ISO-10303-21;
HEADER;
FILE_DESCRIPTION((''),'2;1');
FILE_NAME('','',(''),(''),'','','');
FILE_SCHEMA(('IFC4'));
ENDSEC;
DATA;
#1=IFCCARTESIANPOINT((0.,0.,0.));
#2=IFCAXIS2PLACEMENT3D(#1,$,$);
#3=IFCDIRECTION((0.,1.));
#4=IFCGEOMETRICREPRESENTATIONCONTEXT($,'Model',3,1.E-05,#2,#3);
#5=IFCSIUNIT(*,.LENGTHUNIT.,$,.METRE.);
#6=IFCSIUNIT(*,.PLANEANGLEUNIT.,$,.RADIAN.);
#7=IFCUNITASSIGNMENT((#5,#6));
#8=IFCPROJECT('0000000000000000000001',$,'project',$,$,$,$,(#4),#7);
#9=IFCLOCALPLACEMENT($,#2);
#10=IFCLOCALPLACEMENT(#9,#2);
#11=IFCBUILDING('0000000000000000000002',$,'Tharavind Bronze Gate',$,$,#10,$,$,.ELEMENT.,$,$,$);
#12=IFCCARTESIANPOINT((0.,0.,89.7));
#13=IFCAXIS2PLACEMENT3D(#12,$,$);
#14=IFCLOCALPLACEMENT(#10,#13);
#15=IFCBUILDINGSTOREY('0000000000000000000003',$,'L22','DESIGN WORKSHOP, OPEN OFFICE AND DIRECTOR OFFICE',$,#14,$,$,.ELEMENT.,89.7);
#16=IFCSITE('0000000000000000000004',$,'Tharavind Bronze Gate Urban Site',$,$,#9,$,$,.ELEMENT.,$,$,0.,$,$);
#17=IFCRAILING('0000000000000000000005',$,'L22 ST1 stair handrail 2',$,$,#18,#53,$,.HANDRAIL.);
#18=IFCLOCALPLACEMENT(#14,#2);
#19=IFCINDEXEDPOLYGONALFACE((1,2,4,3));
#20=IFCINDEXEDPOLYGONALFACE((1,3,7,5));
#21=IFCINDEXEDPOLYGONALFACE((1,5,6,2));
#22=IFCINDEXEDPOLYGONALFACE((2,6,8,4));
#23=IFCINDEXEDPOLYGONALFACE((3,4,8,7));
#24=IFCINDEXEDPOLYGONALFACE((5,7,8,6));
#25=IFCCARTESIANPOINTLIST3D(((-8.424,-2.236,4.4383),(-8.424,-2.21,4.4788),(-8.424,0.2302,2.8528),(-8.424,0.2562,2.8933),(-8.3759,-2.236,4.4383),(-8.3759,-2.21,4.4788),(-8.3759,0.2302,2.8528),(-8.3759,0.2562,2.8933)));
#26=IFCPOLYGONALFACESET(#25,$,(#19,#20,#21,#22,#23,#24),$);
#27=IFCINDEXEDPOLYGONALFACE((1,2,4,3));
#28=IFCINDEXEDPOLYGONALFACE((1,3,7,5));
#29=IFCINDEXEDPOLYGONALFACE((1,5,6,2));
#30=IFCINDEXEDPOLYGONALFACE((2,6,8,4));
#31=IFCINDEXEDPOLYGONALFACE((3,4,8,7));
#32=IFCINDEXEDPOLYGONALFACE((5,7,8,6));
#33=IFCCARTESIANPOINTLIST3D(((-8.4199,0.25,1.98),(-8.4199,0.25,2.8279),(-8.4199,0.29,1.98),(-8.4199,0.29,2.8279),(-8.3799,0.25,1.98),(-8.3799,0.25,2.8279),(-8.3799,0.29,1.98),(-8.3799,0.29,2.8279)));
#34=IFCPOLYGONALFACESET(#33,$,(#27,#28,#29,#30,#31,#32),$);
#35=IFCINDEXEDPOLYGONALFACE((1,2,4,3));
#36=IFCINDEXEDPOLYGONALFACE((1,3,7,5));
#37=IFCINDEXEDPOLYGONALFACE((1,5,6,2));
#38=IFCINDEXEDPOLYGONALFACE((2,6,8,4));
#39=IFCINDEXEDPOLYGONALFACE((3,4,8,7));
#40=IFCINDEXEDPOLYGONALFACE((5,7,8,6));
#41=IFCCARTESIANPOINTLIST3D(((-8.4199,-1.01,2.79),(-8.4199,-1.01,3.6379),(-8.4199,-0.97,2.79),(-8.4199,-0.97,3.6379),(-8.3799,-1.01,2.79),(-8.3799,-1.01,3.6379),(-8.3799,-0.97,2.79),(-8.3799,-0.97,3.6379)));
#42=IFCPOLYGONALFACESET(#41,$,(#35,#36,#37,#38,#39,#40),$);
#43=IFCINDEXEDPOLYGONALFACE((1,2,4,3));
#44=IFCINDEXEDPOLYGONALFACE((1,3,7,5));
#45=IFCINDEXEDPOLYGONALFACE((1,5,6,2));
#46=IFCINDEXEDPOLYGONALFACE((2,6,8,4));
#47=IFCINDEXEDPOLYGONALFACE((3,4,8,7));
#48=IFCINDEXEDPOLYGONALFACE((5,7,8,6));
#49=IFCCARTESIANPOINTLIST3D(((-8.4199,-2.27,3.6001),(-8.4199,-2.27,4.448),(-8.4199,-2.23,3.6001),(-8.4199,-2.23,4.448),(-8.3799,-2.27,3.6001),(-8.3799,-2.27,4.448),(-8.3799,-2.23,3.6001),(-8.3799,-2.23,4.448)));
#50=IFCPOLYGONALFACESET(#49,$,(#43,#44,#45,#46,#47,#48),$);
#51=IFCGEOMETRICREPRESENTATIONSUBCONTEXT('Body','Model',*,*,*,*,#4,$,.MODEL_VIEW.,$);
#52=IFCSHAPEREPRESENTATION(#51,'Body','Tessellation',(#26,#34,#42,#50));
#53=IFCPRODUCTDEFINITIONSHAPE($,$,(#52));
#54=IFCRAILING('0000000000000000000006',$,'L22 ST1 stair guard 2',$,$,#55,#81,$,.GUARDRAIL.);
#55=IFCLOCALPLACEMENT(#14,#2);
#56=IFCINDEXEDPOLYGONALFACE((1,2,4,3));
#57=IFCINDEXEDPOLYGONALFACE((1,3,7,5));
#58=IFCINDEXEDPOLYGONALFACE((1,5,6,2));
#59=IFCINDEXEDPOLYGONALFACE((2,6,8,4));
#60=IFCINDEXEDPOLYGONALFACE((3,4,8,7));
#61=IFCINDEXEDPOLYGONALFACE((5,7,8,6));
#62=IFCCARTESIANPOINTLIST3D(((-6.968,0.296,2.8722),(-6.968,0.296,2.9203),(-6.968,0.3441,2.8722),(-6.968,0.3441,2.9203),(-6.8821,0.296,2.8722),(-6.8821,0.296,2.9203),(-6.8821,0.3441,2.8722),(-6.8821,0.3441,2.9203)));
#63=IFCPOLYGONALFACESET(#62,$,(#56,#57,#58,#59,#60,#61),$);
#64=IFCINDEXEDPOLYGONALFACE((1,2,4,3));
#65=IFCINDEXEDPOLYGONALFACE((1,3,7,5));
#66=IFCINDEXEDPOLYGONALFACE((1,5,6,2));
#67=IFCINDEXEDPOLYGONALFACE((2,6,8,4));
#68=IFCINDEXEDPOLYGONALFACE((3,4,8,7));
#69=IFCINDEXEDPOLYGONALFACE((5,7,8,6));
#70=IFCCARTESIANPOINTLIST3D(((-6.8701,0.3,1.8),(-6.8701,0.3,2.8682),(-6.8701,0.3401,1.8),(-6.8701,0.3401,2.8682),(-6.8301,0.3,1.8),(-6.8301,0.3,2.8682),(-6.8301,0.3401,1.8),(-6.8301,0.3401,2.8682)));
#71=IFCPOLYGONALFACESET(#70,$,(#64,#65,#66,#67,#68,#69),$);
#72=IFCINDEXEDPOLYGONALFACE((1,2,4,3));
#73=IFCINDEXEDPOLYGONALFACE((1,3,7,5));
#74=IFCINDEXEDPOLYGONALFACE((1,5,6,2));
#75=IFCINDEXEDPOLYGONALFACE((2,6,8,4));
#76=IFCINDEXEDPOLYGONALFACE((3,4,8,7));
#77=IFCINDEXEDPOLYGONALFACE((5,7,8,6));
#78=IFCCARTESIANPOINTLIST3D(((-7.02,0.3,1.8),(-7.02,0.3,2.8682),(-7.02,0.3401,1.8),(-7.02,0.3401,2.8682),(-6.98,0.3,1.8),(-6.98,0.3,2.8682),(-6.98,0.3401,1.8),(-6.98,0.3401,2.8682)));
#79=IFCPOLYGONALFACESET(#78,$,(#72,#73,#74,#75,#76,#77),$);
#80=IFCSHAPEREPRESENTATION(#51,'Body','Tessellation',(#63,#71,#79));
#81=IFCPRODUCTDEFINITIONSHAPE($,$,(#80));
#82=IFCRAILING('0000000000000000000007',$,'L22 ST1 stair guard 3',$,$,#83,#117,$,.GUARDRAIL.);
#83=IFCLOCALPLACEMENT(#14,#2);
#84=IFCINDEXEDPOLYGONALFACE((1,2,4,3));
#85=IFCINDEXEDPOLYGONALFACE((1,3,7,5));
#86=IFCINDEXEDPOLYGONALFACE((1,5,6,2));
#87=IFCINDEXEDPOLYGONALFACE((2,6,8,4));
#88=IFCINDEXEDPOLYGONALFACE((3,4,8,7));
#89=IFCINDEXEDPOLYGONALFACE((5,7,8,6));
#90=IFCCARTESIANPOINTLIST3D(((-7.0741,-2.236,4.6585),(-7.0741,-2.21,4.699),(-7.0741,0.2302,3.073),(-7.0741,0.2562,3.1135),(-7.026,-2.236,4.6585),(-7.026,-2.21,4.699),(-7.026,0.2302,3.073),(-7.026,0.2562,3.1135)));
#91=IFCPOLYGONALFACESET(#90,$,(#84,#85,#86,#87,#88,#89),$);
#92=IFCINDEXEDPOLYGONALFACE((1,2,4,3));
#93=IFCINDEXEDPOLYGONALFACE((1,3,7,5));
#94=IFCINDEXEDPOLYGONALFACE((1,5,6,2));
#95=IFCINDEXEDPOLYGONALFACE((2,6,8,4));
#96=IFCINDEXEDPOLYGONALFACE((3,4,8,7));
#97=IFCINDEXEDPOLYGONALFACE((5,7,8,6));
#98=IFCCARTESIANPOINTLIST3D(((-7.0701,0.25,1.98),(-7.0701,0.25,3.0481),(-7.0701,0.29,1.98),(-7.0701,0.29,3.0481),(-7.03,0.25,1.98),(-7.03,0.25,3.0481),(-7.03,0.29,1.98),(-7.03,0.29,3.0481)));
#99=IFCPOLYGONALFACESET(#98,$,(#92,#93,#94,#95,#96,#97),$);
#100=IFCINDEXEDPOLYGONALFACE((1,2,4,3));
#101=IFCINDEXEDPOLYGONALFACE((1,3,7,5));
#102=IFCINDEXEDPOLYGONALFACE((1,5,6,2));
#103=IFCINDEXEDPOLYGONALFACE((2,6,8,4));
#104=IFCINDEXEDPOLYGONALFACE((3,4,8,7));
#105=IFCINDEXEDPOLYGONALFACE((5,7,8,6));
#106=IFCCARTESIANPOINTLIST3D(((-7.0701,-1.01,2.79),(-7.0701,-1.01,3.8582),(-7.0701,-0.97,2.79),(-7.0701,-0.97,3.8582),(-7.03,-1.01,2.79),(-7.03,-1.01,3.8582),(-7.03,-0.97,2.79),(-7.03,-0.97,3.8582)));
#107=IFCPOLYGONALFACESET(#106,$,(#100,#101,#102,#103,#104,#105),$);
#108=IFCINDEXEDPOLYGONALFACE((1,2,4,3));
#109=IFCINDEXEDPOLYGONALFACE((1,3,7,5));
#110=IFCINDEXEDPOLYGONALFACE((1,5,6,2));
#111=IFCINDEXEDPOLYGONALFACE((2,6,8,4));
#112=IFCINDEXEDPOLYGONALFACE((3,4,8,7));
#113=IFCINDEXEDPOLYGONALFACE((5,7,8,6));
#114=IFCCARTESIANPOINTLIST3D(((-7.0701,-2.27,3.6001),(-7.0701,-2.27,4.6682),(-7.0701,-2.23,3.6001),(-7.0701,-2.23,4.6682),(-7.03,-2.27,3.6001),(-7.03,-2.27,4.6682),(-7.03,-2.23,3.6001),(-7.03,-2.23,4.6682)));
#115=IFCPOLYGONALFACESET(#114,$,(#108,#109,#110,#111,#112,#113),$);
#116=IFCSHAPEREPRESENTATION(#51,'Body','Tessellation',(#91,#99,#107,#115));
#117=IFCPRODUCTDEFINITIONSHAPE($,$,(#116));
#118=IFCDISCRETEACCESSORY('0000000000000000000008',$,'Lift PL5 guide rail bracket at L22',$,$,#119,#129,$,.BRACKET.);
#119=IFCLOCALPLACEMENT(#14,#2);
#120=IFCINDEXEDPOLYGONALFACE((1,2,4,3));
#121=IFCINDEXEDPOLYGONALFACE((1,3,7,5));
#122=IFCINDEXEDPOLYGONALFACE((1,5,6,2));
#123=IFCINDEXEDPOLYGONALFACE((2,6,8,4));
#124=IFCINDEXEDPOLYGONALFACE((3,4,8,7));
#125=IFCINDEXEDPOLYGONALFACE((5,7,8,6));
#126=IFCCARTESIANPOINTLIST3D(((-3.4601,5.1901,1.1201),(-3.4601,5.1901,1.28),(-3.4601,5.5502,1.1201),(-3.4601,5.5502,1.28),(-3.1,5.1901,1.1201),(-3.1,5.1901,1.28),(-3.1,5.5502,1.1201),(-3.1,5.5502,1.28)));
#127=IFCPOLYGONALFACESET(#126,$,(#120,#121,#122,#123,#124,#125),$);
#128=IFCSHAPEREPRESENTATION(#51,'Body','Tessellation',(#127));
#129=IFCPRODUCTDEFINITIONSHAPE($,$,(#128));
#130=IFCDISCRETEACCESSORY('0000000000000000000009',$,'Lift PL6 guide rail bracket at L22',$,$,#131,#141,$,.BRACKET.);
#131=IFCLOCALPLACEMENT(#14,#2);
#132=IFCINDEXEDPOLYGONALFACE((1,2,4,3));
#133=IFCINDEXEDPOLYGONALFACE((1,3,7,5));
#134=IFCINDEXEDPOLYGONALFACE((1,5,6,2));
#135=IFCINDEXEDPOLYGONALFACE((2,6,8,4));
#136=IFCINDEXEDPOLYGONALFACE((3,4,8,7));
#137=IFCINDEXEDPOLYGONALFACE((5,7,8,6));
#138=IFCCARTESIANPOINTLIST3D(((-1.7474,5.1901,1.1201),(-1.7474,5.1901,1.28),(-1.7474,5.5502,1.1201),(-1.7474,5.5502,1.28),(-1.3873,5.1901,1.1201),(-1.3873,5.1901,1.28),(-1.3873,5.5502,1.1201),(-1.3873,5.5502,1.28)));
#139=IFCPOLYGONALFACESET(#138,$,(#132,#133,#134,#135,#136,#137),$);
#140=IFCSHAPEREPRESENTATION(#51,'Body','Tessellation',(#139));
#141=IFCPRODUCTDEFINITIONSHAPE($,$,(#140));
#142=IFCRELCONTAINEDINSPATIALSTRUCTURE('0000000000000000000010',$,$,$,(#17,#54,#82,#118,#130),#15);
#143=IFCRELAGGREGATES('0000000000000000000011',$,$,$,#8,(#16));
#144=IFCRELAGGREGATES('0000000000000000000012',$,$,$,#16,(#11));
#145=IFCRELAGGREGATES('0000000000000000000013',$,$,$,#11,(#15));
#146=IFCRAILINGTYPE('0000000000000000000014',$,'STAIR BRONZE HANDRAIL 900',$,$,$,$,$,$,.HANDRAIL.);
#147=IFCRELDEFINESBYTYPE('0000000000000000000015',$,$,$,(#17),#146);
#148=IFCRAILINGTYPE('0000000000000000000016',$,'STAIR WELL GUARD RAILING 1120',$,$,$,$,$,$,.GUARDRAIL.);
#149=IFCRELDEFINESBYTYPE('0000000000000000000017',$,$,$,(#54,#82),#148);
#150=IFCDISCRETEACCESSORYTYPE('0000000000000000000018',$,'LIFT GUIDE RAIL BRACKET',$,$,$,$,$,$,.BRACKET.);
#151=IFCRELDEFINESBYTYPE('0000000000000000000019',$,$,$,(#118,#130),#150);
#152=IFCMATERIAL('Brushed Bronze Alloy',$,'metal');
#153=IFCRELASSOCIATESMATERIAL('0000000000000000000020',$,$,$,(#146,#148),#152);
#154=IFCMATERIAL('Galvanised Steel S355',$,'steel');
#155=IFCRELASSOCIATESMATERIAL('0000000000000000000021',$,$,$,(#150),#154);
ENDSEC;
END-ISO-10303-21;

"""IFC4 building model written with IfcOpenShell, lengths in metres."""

from ifc_helpers import new_model, si_unit, direction, frame, origin, origin_2d, place, context, subcontext, project, spatial, rectangle, extrude, material, type_object, element, save


model = new_model("IFC4")

# Units and contexts
model_context = context("Model", 3, precision=1e-05, world=origin(), true_north=direction((0.0, 1.0)))
body_context = subcontext(model_context, "Body", "Model", "MODEL_VIEW")
ifc_project = project(units=[si_unit("LENGTHUNIT", "METRE"), si_unit("PLANEANGLEUNIT", "RADIAN")], contexts=[model_context])

# Site, building, storey
site_placement = place(None, origin())
site = spatial("IfcSite", under=ifc_project, at=site_placement, Name="Tharavind Bronze Gate Urban Site", CompositionType="ELEMENT", RefElevation=0.0)
building_placement = place(site_placement, origin())
building = spatial("IfcBuilding", under=site, at=building_placement, Name="Tharavind Bronze Gate", CompositionType="ELEMENT")
storey_placement = place(building_placement, frame((0.0, 0.0, 89.7)))
storey = spatial("IfcBuildingStorey", under=building, at=storey_placement, Name="L22", Description="DESIGN WORKSHOP, OPEN OFFICE AND DIRECTOR OFFICE", CompositionType="ELEMENT", Elevation=89.7)

# Railings
ifc_material_1 = material(Name="Brushed Bronze Alloy", Category="metal")
railing_type_1 = type_object("IfcRailingType", Name="STAIR BRONZE HANDRAIL 900", PredefinedType="HANDRAIL", material=ifc_material_1)
railing_1_placement = place(storey_placement, frame((-8.3999, 0.27, 1.98)))
element("IfcRailing", 1, at=railing_1_placement, inside=storey, type_object=railing_type_1, Name="L22 ST1 stair handrail 2", PredefinedType="HANDRAIL", context=body_context, shape_type="SweptSolid", body=[
    extrude(rectangle(XDim=0.0481, YDim=0.0481, at=origin_2d()), frame((0.0, -0.0269, 0.8931), z_axis=(0.0, -0.841163, 0.540782), x_axis=(1.0, 0.0, 0.0)), (0.0, 0.0, 1.0), 2.9319),
    extrude(rectangle(XDim=0.04, YDim=0.04, at=origin_2d()), origin(), (0.0, 0.0, 1.0), 0.8479),
    extrude(rectangle(XDim=0.04, YDim=0.04, at=origin_2d()), frame((0.0, -1.26, 0.8101)), (0.0, 0.0, 1.0), 0.8479),
    extrude(rectangle(XDim=0.04, YDim=0.04, at=origin_2d()), frame((0.0, -2.52, 1.6201)), (0.0, 0.0, 1.0), 0.8479),
])
railing_type_2 = type_object("IfcRailingType", Name="STAIR WELL GUARD RAILING 1120", PredefinedType="GUARDRAIL", material=ifc_material_1)
railing_2_placement = place(storey_placement, frame((-6.8501, 0.3201, 1.8)))
element("IfcRailing", 2, at=railing_2_placement, inside=storey, type_object=railing_type_2, Name="L22 ST1 stair guard 2", PredefinedType="GUARDRAIL", context=body_context, shape_type="SweptSolid", body=[
    extrude(rectangle(XDim=0.0481, YDim=0.0481, at=origin_2d()), frame((-0.032, 0.0, 1.0962), z_axis=(-1.0, 0.0, 0.0), x_axis=(0.0, -1.0, 0.0)), (0.0, 0.0, 1.0), 0.0859),
    extrude(rectangle(XDim=0.04, YDim=0.04, at=origin_2d()), origin(), (0.0, 0.0, 1.0), 1.0681),
    extrude(rectangle(XDim=0.04, YDim=0.04, at=origin_2d()), frame((-0.1499, 0.0, 0.0)), (0.0, 0.0, 1.0), 1.0681),
])
railing_3_placement = place(storey_placement, frame((-7.05, 0.27, 1.98)))
element("IfcRailing", 3, at=railing_3_placement, inside=storey, type_object=railing_type_2, Name="L22 ST1 stair guard 3", PredefinedType="GUARDRAIL", context=body_context, shape_type="SweptSolid", body=[
    extrude(rectangle(XDim=0.0481, YDim=0.0481, at=origin_2d()), frame((0.0, -0.0269, 1.1133), z_axis=(0.0, -0.841163, 0.540782), x_axis=(1.0, 0.0, 0.0)), (0.0, 0.0, 1.0), 2.9319),
    extrude(rectangle(XDim=0.04, YDim=0.04, at=origin_2d()), origin(), (0.0, 0.0, 1.0), 1.0681),
    extrude(rectangle(XDim=0.04, YDim=0.04, at=origin_2d()), frame((0.0, -1.26, 0.8101)), (0.0, 0.0, 1.0), 1.0681),
    extrude(rectangle(XDim=0.04, YDim=0.04, at=origin_2d()), frame((0.0, -2.52, 1.6201)), (0.0, 0.0, 1.0), 1.0681),
])

# Discrete accessories
ifc_material_2 = material(Name="Galvanised Steel S355", Category="steel")
discrete_accessory_type = type_object("IfcDiscreteAccessoryType", Name="LIFT GUIDE RAIL BRACKET", PredefinedType="BRACKET", material=ifc_material_2)
for number, where, z_axis, x_axis, name in (
    (4, (-3.28, 5.3701, 1.1201), (0.0, 0.0, 1.0), (1.0, 0.0, 0.0), "Lift PL5 guide rail bracket at L22"),
    (5, (-1.5674, 5.3701, 1.1201), (0.0, 0.0, 1.0), (1.0, 0.0, 0.0), "Lift PL6 guide rail bracket at L22"),
):
    element("IfcDiscreteAccessory", number, at=place(storey_placement, frame(where, z_axis=z_axis, x_axis=x_axis)), inside=storey, type_object=discrete_accessory_type, Name=name, PredefinedType="BRACKET", context=body_context, shape_type="SweptSolid", body=[
        extrude(rectangle(XDim=0.3601, YDim=0.3601, at=origin_2d()), origin(), (0.0, 0.0, 1.0), 0.1599),
    ])

save(model, "model.ifc")
